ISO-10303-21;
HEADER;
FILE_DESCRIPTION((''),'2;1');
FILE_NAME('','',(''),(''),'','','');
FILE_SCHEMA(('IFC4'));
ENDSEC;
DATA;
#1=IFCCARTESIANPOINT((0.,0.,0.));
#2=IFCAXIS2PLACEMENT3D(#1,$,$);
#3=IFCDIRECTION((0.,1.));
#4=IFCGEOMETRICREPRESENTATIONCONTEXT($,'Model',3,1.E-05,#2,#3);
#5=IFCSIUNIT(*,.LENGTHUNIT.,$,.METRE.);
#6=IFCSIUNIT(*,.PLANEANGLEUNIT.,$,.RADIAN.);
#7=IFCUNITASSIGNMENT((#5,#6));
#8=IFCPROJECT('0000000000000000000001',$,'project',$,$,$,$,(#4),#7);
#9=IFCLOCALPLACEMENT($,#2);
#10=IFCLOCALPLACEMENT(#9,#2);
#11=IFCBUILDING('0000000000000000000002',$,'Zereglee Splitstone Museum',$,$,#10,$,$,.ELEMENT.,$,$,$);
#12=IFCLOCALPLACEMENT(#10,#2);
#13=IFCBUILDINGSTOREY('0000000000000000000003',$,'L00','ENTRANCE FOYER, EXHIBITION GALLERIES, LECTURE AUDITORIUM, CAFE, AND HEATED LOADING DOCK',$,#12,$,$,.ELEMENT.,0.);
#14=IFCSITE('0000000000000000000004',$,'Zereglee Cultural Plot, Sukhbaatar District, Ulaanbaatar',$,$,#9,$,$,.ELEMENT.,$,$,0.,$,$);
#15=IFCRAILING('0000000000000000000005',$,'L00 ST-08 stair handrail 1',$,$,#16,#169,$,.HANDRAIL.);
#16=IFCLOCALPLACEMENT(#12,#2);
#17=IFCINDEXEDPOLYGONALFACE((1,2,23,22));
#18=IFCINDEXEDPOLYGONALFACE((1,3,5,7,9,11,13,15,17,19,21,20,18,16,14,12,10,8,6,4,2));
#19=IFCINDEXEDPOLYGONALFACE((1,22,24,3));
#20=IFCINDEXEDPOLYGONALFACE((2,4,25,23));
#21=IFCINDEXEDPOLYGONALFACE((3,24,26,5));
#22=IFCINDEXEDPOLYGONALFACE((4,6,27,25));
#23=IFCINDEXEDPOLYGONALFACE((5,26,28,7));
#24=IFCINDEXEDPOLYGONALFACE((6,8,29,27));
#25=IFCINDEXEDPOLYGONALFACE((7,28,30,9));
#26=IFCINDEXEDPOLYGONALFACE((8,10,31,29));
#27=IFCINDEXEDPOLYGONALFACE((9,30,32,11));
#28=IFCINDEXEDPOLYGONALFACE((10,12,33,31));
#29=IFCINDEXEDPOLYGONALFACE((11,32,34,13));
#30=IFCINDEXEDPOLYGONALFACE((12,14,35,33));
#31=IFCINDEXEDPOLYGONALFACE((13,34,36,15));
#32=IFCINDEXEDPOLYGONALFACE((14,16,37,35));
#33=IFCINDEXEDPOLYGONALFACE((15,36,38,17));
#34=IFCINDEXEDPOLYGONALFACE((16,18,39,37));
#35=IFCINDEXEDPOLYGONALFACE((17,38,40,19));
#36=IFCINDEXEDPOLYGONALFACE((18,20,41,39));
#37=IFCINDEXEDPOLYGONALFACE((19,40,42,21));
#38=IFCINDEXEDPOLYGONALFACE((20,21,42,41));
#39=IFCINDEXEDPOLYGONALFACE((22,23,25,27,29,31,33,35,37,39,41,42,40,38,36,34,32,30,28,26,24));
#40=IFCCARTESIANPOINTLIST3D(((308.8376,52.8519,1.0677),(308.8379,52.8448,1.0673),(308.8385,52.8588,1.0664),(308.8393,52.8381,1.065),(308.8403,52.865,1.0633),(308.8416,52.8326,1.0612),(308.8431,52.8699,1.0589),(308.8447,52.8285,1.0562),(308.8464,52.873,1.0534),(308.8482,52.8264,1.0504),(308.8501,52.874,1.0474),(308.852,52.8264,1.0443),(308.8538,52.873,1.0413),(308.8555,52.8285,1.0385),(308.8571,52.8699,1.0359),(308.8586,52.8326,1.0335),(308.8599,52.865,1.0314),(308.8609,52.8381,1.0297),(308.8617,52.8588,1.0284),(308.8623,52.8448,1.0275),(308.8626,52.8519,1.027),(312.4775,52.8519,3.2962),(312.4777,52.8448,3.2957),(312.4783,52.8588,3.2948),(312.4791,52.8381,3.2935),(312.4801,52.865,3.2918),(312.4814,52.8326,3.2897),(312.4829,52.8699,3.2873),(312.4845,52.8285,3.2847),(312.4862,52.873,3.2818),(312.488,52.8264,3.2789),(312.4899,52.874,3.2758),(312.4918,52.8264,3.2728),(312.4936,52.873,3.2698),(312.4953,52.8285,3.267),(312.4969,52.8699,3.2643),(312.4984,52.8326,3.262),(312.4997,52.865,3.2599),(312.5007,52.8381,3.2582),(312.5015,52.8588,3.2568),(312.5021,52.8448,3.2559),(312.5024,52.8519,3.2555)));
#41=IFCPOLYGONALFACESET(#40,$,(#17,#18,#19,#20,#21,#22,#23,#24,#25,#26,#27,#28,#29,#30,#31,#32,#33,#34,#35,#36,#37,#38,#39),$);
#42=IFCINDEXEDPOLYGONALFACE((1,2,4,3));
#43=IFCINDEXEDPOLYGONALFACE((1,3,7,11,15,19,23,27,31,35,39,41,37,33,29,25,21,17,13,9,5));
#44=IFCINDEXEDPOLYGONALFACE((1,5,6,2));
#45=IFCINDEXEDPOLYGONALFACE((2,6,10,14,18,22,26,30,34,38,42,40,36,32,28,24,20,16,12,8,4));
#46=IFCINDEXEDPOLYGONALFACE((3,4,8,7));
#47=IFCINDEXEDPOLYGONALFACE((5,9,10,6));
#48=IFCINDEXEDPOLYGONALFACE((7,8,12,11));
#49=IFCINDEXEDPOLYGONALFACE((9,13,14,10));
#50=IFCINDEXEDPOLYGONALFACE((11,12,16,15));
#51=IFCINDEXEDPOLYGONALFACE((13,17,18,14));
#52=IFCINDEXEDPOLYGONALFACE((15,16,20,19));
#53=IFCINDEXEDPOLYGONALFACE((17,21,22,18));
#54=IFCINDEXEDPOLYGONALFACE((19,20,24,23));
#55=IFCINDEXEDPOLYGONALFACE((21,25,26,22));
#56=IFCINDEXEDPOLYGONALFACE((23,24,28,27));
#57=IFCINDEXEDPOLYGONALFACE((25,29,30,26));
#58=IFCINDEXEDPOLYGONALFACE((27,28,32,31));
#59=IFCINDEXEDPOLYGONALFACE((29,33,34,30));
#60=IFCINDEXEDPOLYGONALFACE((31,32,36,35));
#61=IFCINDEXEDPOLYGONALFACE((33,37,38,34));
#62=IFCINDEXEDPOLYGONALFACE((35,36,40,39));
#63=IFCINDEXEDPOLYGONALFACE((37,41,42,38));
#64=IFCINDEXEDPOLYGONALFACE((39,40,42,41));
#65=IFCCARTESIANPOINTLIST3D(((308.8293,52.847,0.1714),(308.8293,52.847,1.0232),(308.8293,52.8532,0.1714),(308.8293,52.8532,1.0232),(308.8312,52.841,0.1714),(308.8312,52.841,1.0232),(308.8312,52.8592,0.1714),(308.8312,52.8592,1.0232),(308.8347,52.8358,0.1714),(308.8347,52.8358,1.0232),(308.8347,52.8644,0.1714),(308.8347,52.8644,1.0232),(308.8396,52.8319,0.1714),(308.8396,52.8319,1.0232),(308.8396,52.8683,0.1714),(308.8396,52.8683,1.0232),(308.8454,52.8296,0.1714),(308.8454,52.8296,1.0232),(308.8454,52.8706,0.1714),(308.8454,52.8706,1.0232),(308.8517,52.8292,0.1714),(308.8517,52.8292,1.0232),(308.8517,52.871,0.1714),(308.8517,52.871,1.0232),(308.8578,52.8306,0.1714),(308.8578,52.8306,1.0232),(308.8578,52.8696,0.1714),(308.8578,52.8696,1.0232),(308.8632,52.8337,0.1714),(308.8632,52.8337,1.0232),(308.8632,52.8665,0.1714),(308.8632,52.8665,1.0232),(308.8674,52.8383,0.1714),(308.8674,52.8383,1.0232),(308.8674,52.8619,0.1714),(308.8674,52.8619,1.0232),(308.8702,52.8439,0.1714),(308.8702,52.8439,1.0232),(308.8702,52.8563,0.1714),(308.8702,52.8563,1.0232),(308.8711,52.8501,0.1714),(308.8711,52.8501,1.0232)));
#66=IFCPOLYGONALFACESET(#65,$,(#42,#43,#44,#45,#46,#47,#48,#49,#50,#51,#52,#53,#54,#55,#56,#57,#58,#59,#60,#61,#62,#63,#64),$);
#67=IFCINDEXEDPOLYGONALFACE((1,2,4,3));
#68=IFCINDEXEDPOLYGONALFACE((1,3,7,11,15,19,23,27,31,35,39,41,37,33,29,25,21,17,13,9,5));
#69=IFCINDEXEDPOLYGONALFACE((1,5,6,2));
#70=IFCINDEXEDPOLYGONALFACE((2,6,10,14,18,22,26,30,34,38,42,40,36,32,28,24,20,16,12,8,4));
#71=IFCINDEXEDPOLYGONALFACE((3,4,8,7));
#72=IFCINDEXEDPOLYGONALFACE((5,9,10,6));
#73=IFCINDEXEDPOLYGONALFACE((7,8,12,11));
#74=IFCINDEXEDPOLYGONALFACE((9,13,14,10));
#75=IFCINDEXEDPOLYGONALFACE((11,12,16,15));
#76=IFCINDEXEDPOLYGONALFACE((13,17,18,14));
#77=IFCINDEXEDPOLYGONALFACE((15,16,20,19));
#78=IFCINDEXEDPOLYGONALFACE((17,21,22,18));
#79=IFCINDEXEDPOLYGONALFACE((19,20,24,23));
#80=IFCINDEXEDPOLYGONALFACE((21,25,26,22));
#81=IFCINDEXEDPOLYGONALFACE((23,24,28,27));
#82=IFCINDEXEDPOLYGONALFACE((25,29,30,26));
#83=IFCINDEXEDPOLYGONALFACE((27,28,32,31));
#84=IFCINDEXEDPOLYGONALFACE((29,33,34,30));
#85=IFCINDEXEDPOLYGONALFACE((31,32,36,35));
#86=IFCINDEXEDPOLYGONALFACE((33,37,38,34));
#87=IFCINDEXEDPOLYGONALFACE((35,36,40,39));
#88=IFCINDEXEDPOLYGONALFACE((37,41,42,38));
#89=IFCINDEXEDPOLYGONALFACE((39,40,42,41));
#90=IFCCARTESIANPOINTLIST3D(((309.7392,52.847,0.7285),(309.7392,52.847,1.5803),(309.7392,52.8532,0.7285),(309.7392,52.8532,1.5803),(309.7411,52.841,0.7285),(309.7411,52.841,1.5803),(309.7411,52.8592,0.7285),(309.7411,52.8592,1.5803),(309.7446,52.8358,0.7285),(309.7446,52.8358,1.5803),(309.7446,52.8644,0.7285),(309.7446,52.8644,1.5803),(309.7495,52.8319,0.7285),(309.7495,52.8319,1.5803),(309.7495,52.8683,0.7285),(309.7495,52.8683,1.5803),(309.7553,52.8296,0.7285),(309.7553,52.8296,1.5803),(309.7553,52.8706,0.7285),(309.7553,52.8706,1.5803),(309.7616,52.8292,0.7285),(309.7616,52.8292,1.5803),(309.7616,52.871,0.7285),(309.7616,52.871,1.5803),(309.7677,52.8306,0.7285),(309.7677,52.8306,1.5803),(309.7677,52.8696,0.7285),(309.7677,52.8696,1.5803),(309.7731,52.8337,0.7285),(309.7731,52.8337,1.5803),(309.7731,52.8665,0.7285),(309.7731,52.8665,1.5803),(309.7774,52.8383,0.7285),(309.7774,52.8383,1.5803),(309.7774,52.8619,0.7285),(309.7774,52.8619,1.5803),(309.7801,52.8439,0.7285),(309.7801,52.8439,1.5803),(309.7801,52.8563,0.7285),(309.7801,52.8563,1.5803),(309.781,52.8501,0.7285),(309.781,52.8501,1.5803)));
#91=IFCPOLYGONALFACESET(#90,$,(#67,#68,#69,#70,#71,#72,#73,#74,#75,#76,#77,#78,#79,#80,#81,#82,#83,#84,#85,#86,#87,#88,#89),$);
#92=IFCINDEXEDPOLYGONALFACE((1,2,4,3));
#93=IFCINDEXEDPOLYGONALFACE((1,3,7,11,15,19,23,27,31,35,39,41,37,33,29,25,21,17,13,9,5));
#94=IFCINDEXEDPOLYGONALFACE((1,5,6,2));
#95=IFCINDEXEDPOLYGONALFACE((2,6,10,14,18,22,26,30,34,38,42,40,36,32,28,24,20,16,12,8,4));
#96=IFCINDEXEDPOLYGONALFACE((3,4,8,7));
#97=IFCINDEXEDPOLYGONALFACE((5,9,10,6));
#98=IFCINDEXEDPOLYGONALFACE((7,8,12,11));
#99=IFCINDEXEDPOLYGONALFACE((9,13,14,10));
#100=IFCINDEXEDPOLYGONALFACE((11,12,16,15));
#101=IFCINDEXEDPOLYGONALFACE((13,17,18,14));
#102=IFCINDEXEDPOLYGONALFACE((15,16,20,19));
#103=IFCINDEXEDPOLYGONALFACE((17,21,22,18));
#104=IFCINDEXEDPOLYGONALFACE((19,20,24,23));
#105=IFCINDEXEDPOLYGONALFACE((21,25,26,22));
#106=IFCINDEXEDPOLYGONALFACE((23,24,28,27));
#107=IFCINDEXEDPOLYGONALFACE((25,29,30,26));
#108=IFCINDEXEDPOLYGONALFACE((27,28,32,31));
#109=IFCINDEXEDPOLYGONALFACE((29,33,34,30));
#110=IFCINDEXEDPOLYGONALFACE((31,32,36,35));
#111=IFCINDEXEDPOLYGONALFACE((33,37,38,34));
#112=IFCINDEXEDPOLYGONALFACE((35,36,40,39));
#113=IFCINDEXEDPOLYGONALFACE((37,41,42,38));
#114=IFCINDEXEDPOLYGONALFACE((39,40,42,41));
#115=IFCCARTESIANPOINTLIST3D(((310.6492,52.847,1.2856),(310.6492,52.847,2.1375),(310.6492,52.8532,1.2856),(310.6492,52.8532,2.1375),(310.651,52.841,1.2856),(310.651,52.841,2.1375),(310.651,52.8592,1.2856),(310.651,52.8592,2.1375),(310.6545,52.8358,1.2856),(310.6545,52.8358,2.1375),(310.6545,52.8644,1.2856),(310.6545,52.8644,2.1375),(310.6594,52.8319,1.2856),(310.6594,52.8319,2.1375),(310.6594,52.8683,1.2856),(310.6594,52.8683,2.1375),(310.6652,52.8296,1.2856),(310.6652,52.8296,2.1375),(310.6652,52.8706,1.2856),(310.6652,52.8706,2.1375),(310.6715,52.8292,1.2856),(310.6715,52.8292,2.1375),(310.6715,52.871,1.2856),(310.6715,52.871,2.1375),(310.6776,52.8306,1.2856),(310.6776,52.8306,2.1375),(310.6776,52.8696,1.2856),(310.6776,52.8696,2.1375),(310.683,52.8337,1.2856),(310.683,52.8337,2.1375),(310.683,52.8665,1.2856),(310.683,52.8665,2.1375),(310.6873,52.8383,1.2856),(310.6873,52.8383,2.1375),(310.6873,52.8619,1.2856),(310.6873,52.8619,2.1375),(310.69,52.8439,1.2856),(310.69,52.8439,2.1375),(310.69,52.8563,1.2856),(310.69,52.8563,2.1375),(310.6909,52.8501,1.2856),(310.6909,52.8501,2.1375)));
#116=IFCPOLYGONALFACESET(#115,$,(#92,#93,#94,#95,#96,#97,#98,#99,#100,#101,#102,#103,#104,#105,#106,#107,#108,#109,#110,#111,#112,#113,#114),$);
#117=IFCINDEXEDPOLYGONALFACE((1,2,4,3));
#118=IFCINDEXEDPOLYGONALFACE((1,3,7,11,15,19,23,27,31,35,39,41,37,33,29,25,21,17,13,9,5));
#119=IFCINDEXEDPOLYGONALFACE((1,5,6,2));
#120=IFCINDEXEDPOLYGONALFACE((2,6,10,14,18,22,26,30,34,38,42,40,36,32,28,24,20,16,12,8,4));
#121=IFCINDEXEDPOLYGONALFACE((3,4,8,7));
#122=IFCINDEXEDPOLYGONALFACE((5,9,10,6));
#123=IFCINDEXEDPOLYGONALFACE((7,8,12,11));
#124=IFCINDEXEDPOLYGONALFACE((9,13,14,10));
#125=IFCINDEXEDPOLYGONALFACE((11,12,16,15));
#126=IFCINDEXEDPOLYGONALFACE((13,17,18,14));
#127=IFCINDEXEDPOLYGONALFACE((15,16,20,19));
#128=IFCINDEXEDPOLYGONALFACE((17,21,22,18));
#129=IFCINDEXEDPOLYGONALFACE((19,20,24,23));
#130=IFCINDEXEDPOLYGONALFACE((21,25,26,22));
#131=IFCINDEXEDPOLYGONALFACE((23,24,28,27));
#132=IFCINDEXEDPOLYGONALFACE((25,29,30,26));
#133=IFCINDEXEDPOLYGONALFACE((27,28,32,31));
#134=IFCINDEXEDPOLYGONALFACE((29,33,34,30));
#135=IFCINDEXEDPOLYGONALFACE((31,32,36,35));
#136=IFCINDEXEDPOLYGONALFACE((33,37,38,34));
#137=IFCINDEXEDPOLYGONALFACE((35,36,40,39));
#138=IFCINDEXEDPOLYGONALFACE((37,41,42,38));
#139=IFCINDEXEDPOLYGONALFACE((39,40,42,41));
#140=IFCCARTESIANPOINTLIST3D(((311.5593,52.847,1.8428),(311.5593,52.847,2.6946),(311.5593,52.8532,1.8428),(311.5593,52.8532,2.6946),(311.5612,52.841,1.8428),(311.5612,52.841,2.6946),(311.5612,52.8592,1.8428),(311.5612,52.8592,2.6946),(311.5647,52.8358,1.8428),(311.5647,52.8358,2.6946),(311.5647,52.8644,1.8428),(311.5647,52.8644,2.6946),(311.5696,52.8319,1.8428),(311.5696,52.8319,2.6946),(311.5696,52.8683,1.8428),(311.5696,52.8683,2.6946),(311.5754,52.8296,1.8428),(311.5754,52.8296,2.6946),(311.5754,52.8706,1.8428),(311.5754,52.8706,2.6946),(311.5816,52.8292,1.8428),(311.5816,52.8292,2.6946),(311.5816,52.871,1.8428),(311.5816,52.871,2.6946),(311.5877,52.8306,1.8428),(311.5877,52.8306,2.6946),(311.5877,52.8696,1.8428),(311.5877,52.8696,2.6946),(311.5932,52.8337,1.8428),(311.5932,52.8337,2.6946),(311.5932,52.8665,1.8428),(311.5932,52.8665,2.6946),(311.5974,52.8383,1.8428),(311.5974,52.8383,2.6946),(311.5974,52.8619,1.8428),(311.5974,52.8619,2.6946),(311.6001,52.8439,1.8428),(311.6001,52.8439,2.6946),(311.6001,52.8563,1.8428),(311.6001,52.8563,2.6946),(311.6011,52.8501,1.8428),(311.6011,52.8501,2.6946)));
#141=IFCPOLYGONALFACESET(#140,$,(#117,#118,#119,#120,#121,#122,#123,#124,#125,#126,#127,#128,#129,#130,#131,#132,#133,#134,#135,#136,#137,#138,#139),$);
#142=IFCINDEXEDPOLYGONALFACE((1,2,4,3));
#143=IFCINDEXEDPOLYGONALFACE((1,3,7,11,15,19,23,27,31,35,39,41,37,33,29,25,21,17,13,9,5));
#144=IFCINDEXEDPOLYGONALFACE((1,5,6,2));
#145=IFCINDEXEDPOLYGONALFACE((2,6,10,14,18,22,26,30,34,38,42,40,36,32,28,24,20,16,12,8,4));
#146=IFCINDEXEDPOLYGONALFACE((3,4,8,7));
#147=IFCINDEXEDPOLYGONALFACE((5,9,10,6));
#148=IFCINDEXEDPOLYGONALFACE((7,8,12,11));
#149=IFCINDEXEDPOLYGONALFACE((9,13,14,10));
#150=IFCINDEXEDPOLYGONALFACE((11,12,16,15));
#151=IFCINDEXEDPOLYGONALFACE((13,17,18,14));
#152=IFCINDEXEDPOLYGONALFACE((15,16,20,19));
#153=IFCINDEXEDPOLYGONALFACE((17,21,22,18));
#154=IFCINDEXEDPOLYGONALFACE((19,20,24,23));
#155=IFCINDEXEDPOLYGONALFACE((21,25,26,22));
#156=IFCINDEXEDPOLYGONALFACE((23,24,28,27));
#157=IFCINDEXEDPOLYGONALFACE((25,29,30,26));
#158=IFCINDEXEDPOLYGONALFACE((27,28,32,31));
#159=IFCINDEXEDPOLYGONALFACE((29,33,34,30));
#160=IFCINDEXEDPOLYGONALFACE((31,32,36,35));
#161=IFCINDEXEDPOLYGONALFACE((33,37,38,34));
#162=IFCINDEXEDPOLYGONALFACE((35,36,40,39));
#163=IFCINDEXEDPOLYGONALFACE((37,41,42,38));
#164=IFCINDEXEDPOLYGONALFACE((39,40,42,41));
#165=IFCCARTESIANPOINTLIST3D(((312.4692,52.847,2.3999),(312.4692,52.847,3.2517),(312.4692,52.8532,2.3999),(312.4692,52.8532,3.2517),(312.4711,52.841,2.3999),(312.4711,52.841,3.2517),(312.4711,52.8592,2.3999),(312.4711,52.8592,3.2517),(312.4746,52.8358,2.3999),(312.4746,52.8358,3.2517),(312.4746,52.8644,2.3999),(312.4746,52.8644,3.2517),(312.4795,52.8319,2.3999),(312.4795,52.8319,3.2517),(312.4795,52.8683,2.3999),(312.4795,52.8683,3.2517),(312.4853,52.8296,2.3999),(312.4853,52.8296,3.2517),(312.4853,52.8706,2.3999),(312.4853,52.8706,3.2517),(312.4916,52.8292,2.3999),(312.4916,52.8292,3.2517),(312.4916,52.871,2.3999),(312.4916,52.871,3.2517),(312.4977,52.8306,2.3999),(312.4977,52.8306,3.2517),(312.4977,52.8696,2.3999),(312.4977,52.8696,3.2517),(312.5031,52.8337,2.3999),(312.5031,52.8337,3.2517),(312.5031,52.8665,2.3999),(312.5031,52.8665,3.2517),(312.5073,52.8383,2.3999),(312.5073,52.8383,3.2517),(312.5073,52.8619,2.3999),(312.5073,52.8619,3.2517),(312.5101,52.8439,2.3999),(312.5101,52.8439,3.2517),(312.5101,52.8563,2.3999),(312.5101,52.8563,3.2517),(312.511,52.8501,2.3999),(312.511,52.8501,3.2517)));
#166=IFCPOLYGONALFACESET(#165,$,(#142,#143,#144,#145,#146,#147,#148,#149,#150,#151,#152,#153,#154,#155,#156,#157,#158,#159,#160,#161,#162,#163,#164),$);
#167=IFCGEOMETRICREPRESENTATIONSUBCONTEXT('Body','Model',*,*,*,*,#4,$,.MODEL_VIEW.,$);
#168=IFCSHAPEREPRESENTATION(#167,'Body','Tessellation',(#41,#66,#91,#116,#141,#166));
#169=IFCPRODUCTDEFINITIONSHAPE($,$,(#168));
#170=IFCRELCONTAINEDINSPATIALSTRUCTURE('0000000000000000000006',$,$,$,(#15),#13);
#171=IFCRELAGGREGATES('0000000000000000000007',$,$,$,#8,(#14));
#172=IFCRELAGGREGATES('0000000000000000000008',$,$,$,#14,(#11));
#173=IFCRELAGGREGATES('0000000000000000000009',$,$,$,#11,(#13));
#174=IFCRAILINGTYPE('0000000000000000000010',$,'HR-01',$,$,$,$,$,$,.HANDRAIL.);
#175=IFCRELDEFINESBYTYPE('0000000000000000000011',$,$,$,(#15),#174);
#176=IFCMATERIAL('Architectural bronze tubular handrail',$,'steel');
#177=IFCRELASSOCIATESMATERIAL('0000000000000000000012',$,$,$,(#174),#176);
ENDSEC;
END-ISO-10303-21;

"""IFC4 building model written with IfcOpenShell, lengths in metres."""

from ifc_helpers import new_model, si_unit, direction, frame, origin, origin_2d, place, context, subcontext, project, spatial, circle, extrude, material, type_object, element, save


model = new_model("IFC4")

# Units and contexts
model_context = context("Model", 3, precision=1e-05, world=origin(), true_north=direction((0.0, 1.0)))
body_context = subcontext(model_context, "Body", "Model", "MODEL_VIEW")
ifc_project = project(units=[si_unit("LENGTHUNIT", "METRE"), si_unit("PLANEANGLEUNIT", "RADIAN")], contexts=[model_context])

# Site, building, storey
site_placement = place(None, origin())
site = spatial("IfcSite", under=ifc_project, at=site_placement, Name="Zereglee Cultural Plot, Sukhbaatar District, Ulaanbaatar", CompositionType="ELEMENT", RefElevation=0.0)
building_placement = place(site_placement, origin())
building = spatial("IfcBuilding", under=site, at=building_placement, Name="Zereglee Splitstone Museum", CompositionType="ELEMENT")
storey_placement = place(building_placement, origin())
storey = spatial("IfcBuildingStorey", under=building, at=storey_placement, Name="L00", Description="ENTRANCE FOYER, EXHIBITION GALLERIES, LECTURE AUDITORIUM, CAFE, AND HEATED LOADING DOCK", CompositionType="ELEMENT", Elevation=0.0)

# Railing
ifc_material_1 = material(Name="Architectural bronze tubular handrail", Category="steel")
railing_type_1 = type_object("IfcRailingType", Name="HR-01", PredefinedType="HANDRAIL", material=ifc_material_1)
railing_1_placement = place(storey_placement, frame((308.8501, 52.8501, 0.1714)))
element("IfcRailing", 1, at=railing_1_placement, inside=storey, type_object=railing_type_1, Name="L00 ST-08 stair handrail 1", PredefinedType="HANDRAIL", context=body_context, shape_type="SweptSolid", body=[
    extrude(circle(Radius=0.0239, at=origin_2d()), frame((0.0, 0.0, 0.876), z_axis=(0.85285, 0.0, 0.522156), x_axis=(0.0, 1.0, 0.0)), (0.0, 0.0, 1.0), 4.2678),
    extrude(circle(Radius=0.021, at=origin_2d()), origin(), (0.0, 0.0, 1.0), 0.8518),
    extrude(circle(Radius=0.021, at=origin_2d()), frame((0.9099, 0.0, 0.5571)), (0.0, 0.0, 1.0), 0.8518),
    extrude(circle(Radius=0.021, at=origin_2d()), frame((1.8198, 0.0, 1.1143)), (0.0, 0.0, 1.0), 0.8518),
    extrude(circle(Radius=0.021, at=origin_2d()), frame((2.73, 0.0, 1.6714)), (0.0, 0.0, 1.0), 0.8518),
    extrude(circle(Radius=0.021, at=origin_2d()), frame((3.6399, 0.0, 2.2285)), (0.0, 0.0, 1.0), 0.8518),
])

save(model, "model.ifc")
